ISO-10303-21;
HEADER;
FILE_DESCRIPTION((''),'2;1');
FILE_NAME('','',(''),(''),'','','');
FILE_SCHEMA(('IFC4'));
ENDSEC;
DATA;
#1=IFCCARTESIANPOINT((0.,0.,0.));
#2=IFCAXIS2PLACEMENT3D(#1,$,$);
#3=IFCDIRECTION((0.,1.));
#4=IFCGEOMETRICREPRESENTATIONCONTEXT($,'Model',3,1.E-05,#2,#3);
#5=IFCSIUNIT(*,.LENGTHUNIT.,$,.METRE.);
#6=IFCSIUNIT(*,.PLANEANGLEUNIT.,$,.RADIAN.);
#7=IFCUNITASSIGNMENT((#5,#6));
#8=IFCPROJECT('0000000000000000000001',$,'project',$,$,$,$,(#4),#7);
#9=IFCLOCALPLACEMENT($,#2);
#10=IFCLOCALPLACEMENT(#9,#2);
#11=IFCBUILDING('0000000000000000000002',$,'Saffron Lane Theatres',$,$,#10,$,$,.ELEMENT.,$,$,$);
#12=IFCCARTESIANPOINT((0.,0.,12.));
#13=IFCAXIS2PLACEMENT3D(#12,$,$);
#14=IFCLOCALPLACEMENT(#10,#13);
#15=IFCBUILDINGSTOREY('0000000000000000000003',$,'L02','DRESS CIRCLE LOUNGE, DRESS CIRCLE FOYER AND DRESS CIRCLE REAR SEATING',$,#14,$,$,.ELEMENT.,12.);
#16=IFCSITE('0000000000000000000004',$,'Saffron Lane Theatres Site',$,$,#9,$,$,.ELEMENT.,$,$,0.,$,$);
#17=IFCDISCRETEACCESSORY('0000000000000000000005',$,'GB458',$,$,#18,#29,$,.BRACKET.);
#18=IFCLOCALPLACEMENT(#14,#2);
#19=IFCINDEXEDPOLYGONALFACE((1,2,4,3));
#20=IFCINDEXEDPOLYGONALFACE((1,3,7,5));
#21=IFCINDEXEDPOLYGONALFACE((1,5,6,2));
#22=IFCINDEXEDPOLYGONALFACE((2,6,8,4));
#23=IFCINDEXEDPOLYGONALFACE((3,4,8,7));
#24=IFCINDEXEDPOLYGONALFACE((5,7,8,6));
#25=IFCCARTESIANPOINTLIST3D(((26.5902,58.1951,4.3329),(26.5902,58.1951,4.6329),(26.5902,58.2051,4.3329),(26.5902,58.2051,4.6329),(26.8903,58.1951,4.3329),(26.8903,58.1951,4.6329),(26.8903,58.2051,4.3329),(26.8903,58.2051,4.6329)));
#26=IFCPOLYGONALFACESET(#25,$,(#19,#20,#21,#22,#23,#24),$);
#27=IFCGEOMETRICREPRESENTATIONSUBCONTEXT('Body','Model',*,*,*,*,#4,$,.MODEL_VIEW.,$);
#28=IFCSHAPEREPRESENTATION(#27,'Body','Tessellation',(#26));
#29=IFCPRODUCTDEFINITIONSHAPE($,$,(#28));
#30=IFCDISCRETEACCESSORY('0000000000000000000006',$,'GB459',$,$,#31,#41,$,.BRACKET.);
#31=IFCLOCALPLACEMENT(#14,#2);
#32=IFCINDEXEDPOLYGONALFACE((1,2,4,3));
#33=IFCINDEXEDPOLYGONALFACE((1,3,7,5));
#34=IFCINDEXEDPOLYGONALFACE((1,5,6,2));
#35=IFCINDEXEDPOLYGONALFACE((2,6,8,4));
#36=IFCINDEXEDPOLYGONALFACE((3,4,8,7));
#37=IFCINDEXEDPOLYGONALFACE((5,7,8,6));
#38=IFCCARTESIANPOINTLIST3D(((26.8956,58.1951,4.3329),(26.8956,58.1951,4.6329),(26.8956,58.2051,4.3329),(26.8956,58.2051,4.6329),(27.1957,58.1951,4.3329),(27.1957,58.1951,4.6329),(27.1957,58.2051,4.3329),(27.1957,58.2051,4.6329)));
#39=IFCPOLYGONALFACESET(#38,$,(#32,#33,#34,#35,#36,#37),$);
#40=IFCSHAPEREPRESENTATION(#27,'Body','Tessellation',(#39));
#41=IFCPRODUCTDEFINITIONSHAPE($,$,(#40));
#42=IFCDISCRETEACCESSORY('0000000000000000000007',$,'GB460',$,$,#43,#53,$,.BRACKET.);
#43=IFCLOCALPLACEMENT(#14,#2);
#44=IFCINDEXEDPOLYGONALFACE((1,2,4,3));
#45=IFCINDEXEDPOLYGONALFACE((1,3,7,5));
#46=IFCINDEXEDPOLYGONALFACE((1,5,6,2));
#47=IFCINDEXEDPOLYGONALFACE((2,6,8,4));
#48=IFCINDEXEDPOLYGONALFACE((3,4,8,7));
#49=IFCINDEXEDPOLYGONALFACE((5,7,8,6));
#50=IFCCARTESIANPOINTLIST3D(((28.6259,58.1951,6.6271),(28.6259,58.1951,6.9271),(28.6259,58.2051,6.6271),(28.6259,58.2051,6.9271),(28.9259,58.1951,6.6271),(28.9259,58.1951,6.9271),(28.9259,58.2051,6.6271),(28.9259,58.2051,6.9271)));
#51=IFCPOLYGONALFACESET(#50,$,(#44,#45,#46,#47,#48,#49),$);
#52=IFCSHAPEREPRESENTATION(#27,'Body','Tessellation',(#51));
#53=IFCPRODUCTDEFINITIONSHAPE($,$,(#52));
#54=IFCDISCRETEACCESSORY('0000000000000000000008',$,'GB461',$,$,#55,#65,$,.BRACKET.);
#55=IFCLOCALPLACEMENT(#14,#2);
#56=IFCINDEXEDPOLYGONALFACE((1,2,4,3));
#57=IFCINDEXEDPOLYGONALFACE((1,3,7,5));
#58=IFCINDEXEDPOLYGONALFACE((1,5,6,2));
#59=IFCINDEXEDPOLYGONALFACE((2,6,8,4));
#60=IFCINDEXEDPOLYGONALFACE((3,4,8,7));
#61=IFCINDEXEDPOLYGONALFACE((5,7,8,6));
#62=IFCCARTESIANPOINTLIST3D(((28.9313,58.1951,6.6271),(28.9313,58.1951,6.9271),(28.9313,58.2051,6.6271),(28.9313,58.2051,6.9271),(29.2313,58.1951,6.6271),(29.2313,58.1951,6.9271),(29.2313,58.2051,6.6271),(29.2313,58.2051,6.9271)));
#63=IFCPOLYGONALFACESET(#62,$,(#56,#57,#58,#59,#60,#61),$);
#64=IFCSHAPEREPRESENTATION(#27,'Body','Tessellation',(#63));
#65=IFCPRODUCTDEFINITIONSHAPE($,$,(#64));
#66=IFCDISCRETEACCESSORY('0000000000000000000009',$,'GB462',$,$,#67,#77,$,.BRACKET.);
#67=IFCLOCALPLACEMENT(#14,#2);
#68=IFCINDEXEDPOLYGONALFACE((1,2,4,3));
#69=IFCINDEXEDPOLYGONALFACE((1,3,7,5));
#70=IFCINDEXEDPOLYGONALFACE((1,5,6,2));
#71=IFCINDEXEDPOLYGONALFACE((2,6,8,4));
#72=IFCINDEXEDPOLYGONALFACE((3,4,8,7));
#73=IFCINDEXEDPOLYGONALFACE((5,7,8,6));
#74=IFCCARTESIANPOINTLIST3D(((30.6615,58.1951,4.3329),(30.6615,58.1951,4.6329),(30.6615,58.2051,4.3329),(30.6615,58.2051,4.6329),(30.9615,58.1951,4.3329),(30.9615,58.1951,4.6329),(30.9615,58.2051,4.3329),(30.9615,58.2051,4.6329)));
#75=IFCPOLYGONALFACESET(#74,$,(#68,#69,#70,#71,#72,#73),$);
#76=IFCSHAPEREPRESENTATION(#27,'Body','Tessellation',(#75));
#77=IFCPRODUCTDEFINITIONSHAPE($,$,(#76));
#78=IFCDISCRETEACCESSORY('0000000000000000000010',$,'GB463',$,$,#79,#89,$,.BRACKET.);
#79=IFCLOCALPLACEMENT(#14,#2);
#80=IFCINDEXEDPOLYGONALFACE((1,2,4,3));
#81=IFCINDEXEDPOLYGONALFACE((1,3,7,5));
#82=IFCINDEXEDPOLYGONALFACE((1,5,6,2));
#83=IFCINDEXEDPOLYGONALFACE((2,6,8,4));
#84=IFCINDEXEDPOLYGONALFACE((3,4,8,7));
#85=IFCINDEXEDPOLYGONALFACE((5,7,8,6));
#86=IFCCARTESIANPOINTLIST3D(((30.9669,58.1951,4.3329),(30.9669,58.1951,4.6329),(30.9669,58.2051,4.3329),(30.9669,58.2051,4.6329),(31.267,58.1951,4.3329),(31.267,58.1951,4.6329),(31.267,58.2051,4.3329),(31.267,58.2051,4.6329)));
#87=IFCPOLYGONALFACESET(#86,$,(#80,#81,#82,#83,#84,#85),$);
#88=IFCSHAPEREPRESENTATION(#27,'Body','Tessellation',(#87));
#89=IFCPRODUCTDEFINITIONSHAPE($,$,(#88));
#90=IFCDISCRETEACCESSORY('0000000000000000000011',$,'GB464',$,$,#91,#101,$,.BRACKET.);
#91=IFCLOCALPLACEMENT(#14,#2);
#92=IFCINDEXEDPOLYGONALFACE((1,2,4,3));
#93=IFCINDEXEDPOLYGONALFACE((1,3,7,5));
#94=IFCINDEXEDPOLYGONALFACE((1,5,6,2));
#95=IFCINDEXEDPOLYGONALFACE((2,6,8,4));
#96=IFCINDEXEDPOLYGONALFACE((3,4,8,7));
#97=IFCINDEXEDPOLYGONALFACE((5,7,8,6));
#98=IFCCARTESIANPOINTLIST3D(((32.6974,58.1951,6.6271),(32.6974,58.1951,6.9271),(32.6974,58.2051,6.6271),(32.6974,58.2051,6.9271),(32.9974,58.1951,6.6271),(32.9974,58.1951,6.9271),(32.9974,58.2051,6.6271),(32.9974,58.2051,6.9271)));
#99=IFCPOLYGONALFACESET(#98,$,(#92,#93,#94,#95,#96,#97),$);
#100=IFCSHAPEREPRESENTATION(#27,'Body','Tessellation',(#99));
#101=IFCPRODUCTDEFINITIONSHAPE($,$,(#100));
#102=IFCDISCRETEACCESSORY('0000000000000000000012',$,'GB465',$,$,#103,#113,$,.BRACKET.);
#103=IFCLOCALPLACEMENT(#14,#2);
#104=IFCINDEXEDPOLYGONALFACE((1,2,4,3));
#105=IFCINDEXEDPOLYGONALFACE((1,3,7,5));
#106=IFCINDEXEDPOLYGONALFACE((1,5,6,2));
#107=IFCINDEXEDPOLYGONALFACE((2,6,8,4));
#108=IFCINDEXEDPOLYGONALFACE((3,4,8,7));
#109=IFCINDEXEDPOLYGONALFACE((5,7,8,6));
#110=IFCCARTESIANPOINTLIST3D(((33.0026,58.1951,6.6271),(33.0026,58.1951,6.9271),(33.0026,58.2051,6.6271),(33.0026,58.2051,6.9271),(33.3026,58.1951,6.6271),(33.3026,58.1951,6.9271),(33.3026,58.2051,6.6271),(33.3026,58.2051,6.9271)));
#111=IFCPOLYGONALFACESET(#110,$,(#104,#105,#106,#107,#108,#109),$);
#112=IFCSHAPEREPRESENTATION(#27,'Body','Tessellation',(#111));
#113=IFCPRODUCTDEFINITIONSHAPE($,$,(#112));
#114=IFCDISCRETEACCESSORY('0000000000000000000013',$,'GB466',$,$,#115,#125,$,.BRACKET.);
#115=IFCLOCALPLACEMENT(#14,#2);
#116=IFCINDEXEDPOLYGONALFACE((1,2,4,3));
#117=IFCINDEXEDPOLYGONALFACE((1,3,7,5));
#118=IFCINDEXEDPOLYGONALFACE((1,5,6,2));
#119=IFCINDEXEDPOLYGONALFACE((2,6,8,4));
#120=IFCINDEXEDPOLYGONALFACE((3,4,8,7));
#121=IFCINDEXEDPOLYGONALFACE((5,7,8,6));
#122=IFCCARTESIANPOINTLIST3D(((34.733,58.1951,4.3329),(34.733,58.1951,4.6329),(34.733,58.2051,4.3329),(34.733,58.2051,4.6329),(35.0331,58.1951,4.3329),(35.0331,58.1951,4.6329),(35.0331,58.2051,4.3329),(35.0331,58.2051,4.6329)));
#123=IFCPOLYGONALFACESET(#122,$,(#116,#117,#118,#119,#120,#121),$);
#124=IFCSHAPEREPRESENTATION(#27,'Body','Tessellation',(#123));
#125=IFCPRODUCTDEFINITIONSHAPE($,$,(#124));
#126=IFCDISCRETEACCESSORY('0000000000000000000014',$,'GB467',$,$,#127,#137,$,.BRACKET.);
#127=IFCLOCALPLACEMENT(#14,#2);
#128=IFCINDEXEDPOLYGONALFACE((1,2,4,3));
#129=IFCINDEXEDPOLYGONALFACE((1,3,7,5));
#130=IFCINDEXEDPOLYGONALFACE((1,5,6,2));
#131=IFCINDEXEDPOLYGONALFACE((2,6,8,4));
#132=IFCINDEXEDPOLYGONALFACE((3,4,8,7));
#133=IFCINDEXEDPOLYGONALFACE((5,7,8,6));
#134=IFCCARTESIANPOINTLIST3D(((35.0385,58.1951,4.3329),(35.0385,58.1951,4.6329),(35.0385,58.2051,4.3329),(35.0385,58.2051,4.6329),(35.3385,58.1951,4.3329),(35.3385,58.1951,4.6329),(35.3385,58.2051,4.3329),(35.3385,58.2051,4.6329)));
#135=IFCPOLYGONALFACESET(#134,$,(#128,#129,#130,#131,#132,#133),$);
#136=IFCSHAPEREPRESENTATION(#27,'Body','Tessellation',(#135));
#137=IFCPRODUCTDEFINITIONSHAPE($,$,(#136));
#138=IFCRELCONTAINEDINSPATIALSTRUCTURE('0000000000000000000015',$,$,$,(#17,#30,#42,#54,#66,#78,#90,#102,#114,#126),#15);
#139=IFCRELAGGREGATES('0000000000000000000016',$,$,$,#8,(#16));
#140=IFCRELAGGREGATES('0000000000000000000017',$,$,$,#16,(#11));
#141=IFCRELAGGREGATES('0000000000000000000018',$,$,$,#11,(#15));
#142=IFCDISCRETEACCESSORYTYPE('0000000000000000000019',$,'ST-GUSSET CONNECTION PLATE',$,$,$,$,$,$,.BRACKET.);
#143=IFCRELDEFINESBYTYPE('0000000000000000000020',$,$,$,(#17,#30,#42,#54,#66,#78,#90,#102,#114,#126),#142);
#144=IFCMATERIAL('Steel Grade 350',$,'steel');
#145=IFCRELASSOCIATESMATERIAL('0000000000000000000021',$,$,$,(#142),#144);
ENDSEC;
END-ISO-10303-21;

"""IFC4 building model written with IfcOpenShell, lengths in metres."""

from ifc_helpers import new_model, si_unit, direction, frame, origin, origin_2d, place, context, subcontext, project, spatial, rectangle, extrude, material, material_profile, profile_set, type_object, element, save


model = new_model("IFC4")

# Units and contexts
model_context = context("Model", 3, precision=1e-05, world=origin(), true_north=direction((0.0, 1.0)))
body_context = subcontext(model_context, "Body", "Model", "MODEL_VIEW")
ifc_project = project(units=[si_unit("LENGTHUNIT", "METRE"), si_unit("PLANEANGLEUNIT", "RADIAN")], contexts=[model_context])

# Site, building, storey
site_placement = place(None, origin())
site = spatial("IfcSite", under=ifc_project, at=site_placement, Name="Saffron Lane Theatres Site", CompositionType="ELEMENT", RefElevation=0.0)
building_placement = place(site_placement, origin())
building = spatial("IfcBuilding", under=site, at=building_placement, Name="Saffron Lane Theatres", CompositionType="ELEMENT")
storey_placement = place(building_placement, frame((0.0, 0.0, 12.0)))
storey = spatial("IfcBuildingStorey", under=building, at=storey_placement, Name="L02", Description="DRESS CIRCLE LOUNGE, DRESS CIRCLE FOYER AND DRESS CIRCLE REAR SEATING", CompositionType="ELEMENT", Elevation=12.0)

# Discrete accessories
ifc_material_1 = material(Name="Steel Grade 350", Category="steel")
ifc_material_profile_1 = material_profile(ifc_material_1, rectangle(XDim=0.3, YDim=0.3, at=origin_2d()))
ifc_profile_set_1 = profile_set([ifc_material_profile_1], Name="Steel Grade 350")
discrete_accessory_type = type_object("IfcDiscreteAccessoryType", Name="ST-GUSSET CONNECTION PLATE", PredefinedType="BRACKET", material=ifc_profile_set_1)
for number, where, z_axis, x_axis, name in (
    (1, (26.7402, 58.1951, 4.4829), (0.0, 1.0, 0.0), (-1.0, 0.0, 0.0), "GB458"),
    (2, (27.0457, 58.1951, 4.4829), (0.0, 1.0, 0.0), (-1.0, 0.0, 0.0), "GB459"),
    (3, (28.7759, 58.1951, 6.7771), (0.0, 1.0, 0.0), (-1.0, 0.0, 0.0), "GB460"),
    (4, (29.0813, 58.1951, 6.7771), (0.0, 1.0, 0.0), (-1.0, 0.0, 0.0), "GB461"),
    (5, (30.8115, 58.1951, 4.4829), (0.0, 1.0, 0.0), (-1.0, 0.0, 0.0), "GB462"),
    (6, (31.1169, 58.1951, 4.4829), (0.0, 1.0, 0.0), (-1.0, 0.0, 0.0), "GB463"),
    (7, (32.8474, 58.1951, 6.7771), (0.0, 1.0, 0.0), (-1.0, 0.0, 0.0), "GB464"),
    (8, (33.1526, 58.1951, 6.7771), (0.0, 1.0, 0.0), (-1.0, 0.0, 0.0), "GB465"),
    (9, (34.8831, 58.1951, 4.4829), (0.0, 1.0, 0.0), (-1.0, 0.0, 0.0), "GB466"),
    (10, (35.1885, 58.1951, 4.4829), (0.0, 1.0, 0.0), (-1.0, 0.0, 0.0), "GB467"),
):
    element("IfcDiscreteAccessory", number, at=place(storey_placement, frame(where, z_axis=z_axis, x_axis=x_axis)), inside=storey, type_object=discrete_accessory_type, Name=name, PredefinedType="BRACKET", context=body_context, shape_type="SweptSolid", body=[
        extrude(rectangle(XDim=0.3, YDim=0.3, at=origin_2d()), origin(), (0.0, 0.0, 1.0), 0.01),
    ])

save(model, "model.ifc")
